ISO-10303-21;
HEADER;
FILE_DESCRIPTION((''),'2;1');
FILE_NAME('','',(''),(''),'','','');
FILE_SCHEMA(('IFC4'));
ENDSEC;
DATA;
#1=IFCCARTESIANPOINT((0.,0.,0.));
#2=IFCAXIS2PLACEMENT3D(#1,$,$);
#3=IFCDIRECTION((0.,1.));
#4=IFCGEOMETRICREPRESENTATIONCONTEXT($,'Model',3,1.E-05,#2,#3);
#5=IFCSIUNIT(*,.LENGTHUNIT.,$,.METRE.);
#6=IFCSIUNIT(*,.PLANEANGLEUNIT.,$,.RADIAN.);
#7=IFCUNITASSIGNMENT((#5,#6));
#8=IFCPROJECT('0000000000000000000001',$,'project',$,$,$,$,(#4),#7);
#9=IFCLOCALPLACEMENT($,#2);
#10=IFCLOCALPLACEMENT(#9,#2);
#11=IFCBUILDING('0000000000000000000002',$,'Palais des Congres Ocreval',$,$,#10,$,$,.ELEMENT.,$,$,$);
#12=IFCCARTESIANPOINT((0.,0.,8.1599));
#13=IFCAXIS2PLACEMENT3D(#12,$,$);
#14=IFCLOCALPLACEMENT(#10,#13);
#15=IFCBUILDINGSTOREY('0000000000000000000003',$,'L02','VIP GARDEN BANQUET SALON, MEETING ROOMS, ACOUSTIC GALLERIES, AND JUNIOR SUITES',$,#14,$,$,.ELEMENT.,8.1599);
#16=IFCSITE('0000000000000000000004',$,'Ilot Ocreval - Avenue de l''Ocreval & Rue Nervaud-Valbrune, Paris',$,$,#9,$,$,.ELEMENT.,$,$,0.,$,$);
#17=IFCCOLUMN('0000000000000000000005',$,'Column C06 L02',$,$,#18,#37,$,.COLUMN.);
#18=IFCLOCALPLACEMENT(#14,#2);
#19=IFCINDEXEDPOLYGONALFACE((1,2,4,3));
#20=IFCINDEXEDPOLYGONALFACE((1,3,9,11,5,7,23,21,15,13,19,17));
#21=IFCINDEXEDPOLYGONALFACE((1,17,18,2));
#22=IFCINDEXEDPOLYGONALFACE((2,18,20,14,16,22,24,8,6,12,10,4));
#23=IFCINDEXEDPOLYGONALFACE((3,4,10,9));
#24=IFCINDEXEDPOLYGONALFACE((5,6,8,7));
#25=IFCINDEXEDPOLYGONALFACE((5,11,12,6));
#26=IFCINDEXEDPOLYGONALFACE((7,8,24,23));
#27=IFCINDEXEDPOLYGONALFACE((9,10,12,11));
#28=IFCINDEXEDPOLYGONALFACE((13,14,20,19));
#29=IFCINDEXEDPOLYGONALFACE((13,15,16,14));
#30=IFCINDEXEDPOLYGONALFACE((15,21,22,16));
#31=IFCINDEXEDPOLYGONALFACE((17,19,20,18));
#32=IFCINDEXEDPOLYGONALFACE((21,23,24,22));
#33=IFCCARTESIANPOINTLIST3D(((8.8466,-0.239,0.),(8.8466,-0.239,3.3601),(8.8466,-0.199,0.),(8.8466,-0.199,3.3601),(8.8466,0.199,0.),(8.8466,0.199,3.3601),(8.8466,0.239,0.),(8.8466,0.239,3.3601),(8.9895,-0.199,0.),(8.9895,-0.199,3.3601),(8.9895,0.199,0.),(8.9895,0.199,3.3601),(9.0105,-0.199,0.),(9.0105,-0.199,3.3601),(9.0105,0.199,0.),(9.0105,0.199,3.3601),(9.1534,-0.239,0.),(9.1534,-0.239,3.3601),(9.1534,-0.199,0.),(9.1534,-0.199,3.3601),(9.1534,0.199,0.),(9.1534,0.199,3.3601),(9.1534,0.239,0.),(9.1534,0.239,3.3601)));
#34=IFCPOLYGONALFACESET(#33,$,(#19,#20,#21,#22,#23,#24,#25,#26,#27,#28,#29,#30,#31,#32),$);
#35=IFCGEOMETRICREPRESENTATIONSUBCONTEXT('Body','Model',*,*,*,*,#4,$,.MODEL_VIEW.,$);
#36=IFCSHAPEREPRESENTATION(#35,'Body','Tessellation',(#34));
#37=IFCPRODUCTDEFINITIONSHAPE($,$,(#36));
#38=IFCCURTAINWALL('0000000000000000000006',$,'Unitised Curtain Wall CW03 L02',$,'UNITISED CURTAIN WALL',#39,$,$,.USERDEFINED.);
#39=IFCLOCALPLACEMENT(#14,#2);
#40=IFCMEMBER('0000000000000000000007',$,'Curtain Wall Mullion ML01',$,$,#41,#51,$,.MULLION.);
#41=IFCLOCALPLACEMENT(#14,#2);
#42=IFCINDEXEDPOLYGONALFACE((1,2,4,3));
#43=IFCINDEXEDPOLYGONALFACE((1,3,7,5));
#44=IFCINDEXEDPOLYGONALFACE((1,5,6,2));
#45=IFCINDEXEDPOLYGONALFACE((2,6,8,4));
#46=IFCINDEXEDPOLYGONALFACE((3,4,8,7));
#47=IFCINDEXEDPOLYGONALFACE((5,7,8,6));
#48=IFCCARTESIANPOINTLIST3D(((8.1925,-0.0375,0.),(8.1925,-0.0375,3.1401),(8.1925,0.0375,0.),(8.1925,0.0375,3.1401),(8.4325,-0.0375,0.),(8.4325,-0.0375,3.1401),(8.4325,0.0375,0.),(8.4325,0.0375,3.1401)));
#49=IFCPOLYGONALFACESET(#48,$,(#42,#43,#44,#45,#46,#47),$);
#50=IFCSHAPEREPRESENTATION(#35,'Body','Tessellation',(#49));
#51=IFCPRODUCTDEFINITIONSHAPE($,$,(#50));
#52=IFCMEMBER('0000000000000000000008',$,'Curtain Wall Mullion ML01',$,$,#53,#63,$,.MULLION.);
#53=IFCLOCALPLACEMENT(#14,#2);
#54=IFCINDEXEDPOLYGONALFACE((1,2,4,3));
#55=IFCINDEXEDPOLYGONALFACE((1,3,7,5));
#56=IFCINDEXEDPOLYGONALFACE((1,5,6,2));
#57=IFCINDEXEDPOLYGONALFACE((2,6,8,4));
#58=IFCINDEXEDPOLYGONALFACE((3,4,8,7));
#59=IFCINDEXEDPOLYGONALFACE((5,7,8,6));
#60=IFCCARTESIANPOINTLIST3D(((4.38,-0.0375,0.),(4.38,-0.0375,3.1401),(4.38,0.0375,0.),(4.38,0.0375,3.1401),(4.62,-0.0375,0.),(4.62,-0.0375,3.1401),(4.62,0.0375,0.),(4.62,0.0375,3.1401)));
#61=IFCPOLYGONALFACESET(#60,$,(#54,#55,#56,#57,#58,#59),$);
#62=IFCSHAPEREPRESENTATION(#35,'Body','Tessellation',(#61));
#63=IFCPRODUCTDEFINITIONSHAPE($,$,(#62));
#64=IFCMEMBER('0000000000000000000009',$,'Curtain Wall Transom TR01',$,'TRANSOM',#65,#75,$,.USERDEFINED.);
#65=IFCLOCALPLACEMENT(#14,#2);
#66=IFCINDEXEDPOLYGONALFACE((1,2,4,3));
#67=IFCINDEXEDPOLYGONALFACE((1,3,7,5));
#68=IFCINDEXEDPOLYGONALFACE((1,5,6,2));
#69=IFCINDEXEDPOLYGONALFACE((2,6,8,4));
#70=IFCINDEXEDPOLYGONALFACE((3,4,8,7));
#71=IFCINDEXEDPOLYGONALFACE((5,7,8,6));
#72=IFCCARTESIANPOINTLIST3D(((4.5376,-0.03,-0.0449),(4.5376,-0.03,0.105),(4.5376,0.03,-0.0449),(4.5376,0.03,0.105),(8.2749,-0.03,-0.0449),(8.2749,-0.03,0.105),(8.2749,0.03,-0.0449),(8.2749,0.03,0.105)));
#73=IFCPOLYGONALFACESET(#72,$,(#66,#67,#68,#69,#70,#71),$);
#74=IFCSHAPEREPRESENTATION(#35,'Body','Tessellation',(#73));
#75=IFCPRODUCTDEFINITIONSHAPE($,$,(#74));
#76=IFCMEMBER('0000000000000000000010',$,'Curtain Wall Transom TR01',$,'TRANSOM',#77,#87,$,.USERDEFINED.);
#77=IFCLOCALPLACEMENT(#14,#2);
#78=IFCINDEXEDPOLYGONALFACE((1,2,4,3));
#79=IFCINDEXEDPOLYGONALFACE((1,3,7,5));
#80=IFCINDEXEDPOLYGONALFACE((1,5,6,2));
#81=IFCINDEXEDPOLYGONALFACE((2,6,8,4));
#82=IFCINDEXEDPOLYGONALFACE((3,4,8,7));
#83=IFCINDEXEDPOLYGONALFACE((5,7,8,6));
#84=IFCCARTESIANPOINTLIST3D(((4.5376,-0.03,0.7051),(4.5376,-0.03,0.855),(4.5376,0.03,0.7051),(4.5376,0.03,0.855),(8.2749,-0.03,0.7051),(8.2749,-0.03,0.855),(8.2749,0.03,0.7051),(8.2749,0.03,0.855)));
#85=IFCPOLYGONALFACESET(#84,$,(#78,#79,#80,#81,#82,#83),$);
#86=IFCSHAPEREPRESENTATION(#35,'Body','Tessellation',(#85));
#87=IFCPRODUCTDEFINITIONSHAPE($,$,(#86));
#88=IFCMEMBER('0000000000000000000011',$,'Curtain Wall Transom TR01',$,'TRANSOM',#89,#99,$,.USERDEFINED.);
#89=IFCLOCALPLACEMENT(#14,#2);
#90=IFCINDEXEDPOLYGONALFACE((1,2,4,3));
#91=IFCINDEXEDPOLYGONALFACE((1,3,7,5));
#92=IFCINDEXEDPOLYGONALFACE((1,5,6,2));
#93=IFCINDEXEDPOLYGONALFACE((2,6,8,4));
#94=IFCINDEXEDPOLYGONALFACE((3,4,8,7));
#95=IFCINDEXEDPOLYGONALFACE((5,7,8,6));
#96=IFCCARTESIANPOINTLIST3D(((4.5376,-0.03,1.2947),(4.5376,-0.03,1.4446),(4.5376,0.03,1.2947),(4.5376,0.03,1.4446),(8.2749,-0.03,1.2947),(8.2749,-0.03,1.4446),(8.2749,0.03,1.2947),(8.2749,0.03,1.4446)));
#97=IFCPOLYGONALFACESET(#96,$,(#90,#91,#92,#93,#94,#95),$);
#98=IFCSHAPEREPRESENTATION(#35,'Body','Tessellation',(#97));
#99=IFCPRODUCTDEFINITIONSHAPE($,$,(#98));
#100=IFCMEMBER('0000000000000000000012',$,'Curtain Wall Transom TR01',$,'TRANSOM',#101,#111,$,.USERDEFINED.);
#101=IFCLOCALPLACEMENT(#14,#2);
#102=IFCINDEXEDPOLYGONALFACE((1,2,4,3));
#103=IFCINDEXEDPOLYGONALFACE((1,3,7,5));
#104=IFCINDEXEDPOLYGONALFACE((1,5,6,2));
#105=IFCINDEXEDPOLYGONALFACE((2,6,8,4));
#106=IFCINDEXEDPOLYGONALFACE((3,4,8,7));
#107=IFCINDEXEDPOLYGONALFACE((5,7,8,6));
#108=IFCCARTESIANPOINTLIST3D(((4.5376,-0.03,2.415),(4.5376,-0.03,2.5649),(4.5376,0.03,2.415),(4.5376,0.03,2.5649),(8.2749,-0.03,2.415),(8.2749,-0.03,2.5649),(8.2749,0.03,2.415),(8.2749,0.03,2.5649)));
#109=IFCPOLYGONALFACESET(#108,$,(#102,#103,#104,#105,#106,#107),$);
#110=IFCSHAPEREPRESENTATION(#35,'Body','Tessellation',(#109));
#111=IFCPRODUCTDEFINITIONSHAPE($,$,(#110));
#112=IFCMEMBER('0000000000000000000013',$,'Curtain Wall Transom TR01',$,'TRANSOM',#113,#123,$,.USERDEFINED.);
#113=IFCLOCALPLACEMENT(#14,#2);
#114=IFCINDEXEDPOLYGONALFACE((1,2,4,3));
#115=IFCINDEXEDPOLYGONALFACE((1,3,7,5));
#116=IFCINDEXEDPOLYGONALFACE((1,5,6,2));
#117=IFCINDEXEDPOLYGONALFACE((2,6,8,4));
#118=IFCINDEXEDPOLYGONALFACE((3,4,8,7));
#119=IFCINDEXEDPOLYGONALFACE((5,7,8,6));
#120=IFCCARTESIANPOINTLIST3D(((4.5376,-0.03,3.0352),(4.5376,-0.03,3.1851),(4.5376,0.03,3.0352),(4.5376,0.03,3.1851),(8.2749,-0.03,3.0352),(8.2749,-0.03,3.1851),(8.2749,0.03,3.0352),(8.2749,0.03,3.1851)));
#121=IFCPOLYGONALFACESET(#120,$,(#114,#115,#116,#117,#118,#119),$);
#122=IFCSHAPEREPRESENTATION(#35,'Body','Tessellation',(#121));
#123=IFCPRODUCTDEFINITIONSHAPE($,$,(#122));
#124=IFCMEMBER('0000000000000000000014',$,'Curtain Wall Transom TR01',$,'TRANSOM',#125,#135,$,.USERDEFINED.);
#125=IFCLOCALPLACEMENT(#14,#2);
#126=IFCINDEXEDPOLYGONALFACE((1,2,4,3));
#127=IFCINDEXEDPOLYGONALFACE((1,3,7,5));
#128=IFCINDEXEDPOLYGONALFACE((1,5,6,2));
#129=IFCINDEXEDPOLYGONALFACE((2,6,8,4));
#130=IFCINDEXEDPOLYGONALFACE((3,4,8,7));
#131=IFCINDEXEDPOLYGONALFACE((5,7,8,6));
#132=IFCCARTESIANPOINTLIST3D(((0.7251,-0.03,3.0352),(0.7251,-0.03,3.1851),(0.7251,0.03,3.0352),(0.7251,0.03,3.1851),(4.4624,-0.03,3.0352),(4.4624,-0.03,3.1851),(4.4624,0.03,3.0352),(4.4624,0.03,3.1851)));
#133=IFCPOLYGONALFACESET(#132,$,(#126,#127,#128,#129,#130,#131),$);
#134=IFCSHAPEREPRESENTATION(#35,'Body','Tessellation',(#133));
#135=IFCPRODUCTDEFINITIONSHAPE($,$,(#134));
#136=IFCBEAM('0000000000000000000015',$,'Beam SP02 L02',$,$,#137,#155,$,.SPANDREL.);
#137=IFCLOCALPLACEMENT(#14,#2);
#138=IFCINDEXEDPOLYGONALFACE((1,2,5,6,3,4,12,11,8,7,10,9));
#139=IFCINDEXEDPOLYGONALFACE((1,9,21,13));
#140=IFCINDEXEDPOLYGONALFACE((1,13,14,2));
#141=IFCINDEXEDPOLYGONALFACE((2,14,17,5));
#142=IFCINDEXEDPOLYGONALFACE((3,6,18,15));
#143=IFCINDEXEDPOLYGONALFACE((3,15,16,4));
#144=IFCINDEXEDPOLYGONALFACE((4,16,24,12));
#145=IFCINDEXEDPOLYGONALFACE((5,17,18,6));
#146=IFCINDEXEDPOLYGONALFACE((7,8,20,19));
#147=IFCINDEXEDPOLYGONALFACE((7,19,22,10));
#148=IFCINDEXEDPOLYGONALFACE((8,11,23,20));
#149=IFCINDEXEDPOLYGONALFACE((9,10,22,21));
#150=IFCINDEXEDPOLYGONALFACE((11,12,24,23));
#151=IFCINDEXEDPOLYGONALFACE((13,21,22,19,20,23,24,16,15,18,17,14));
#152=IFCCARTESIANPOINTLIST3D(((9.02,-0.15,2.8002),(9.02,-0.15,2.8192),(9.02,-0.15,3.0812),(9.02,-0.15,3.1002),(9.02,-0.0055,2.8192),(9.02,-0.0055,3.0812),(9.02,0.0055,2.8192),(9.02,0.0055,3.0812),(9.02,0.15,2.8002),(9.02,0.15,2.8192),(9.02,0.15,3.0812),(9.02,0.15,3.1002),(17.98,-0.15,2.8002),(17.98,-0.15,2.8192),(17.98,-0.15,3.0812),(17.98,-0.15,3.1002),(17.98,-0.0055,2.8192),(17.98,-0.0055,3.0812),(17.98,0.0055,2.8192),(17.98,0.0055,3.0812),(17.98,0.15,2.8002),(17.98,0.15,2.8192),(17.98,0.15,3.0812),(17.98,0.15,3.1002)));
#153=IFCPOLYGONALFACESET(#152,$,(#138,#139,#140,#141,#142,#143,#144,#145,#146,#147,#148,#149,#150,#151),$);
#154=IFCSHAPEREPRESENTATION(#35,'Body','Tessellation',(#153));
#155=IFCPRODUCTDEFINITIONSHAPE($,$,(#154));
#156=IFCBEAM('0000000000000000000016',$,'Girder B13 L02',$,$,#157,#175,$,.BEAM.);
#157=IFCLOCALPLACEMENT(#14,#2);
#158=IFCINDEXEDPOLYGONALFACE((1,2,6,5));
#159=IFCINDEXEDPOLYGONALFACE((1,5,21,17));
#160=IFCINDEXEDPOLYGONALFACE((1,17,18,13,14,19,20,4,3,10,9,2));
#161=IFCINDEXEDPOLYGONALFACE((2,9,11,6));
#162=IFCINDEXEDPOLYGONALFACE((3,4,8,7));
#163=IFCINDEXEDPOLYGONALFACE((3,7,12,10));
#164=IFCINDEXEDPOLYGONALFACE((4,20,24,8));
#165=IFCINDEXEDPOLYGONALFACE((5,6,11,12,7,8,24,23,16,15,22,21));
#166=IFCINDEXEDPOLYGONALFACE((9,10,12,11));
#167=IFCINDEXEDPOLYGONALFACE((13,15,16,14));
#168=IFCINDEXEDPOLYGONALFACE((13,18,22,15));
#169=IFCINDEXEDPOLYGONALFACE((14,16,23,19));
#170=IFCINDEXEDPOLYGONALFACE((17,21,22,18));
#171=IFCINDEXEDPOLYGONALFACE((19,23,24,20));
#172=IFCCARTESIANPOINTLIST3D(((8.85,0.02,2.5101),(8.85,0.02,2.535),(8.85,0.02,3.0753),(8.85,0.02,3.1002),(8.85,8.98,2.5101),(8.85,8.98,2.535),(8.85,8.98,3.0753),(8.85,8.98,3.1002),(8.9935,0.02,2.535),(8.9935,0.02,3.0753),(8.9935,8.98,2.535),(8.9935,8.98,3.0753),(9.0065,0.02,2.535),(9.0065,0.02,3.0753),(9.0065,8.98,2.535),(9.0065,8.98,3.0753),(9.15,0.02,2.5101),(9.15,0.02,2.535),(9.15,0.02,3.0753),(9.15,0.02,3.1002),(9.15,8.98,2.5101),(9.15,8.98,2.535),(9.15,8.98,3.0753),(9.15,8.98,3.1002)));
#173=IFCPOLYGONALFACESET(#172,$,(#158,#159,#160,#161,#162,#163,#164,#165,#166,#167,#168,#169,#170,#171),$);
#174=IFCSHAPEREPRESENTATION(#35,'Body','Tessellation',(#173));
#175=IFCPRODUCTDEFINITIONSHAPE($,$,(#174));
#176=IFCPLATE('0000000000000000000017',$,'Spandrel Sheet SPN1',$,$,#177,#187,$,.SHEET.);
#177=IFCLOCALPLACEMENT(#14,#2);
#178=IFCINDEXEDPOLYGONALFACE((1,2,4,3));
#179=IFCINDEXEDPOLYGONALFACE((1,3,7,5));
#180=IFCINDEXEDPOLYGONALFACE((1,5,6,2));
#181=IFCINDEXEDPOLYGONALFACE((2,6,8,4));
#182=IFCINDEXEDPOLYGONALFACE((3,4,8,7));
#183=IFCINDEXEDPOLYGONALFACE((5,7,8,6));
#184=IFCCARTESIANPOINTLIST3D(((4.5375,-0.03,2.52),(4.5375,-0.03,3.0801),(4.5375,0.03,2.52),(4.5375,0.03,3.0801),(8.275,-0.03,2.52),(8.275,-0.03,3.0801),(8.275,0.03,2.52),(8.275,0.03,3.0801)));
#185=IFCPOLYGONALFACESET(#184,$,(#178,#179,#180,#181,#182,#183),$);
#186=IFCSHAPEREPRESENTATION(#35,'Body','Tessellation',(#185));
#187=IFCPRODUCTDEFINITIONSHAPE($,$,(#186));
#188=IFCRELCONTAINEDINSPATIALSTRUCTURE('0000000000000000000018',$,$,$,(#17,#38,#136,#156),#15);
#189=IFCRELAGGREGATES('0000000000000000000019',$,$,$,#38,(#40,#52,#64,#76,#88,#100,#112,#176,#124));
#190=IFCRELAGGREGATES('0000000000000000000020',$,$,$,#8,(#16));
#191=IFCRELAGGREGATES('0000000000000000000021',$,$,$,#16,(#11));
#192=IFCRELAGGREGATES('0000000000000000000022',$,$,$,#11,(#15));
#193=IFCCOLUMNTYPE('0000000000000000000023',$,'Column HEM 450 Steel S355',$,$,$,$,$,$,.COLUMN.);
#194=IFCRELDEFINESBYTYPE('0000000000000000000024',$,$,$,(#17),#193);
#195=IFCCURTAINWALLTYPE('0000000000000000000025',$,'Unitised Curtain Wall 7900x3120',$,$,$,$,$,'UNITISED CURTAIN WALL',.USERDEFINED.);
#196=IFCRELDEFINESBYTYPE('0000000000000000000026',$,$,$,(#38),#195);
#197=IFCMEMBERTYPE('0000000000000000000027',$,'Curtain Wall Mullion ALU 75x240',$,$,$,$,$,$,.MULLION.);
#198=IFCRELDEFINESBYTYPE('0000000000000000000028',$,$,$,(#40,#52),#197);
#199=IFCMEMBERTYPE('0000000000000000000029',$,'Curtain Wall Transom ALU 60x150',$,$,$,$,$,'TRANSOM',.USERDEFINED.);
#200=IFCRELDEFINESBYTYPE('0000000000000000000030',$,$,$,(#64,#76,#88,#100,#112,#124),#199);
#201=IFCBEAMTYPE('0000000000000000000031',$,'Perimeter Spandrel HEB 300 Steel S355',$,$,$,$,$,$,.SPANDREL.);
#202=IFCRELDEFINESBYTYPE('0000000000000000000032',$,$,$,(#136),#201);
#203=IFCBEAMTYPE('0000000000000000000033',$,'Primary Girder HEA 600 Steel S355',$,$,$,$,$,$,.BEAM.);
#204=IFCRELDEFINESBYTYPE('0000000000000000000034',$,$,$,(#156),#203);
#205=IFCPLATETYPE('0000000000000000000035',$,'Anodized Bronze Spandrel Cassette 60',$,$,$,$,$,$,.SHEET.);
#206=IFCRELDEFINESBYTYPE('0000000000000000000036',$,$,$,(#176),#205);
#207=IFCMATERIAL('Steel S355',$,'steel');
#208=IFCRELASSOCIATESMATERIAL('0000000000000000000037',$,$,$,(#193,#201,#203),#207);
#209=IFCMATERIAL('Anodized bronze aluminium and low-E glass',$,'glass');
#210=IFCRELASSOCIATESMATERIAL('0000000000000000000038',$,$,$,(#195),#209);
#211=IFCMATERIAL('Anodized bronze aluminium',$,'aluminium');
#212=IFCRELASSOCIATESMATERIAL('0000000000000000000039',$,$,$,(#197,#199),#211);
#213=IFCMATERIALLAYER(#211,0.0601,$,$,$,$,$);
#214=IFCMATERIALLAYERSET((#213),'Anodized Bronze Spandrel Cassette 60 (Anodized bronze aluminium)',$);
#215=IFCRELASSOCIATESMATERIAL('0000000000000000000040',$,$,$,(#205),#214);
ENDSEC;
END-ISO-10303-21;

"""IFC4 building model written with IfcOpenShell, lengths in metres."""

from ifc_helpers import new_model, si_unit, direction, frame, origin, origin_2d, place, context, subcontext, project, spatial, rectangle, i_section, extrude, material, layer, layer_set, material_profile, profile_set, type_object, element, aggregate, save


model = new_model("IFC4")

# Units and contexts
model_context = context("Model", 3, precision=1e-05, world=origin(), true_north=direction((0.0, 1.0)))
body_context = subcontext(model_context, "Body", "Model", "MODEL_VIEW")
ifc_project = project(units=[si_unit("LENGTHUNIT", "METRE"), si_unit("PLANEANGLEUNIT", "RADIAN")], contexts=[model_context])

# Site, building, storey
site_placement = place(None, origin())
site = spatial("IfcSite", under=ifc_project, at=site_placement, Name="Ilot Ocreval - Avenue de l'Ocreval & Rue Nervaud-Valbrune, Paris", CompositionType="ELEMENT", RefElevation=0.0)
building_placement = place(site_placement, origin())
building = spatial("IfcBuilding", under=site, at=building_placement, Name="Palais des Congres Ocreval", CompositionType="ELEMENT")
storey_placement = place(building_placement, frame((0.0, 0.0, 8.1599)))
storey = spatial("IfcBuildingStorey", under=building, at=storey_placement, Name="L02", Description="VIP GARDEN BANQUET SALON, MEETING ROOMS, ACOUSTIC GALLERIES, AND JUNIOR SUITES", CompositionType="ELEMENT", Elevation=8.1599)

# Column
ifc_material_1 = material(Name="Steel S355", Category="steel")
ifc_material_profile_1 = material_profile(ifc_material_1, i_section(OverallWidth=0.3069, OverallDepth=0.478, WebThickness=0.021, FlangeThickness=0.04, at=origin_2d()), Name="HEM 450")
ifc_profile_set_1 = profile_set([ifc_material_profile_1], Name="Steel S355")
column_type = type_object("IfcColumnType", Name="Column HEM 450 Steel S355", PredefinedType="COLUMN", material=ifc_profile_set_1)
column_placement = place(storey_placement, frame((9.0, 0.0, 0.0), z_axis=(0.0, 0.0, 1.0), x_axis=(1.0, 0.0, 0.0)))
element("IfcColumn", 1, at=column_placement, inside=storey, type_object=column_type, Name="Column C06 L02", PredefinedType="COLUMN", context=body_context, shape_type="SweptSolid", body=[
    extrude(i_section(OverallWidth=0.3069, OverallDepth=0.478, WebThickness=0.021, FlangeThickness=0.04, at=origin_2d()), origin(), (0.0, 0.0, 1.0), 3.3601),
])

# Curtain wall, members
ifc_material_2 = material(Name="Anodized bronze aluminium and low-E glass", Category="glass")
curtain_wall_type = type_object("IfcCurtainWallType", Name="Unitised Curtain Wall 7900x3120", ElementType="UNITISED CURTAIN WALL", PredefinedType="USERDEFINED", material=ifc_material_2)
curtain_wall_placement = place(storey_placement, origin())
curtain_wall = element("IfcCurtainWall", 2, at=curtain_wall_placement, inside=storey, type_object=curtain_wall_type, Name="Unitised Curtain Wall CW03 L02", ObjectType="UNITISED CURTAIN WALL", PredefinedType="USERDEFINED")
ifc_material_3 = material(Name="Anodized bronze aluminium", Category="aluminium")
ifc_material_profile_2 = material_profile(ifc_material_3, rectangle(XDim=0.075, YDim=0.24, at=origin_2d()), Name="ALU 75x240")
ifc_profile_set_2 = profile_set([ifc_material_profile_2], Name="Anodized bronze aluminium")
member_type_1 = type_object("IfcMemberType", Name="Curtain Wall Mullion ALU 75x240", PredefinedType="MULLION", material=ifc_profile_set_2)
member_1_placement = place(storey_placement, frame((8.3125, 0.0, 0.0), z_axis=(0.0, 0.0, 1.0), x_axis=(0.0, -1.0, 0.0)))
member_1 = element("IfcMember", 3, at=member_1_placement, type_object=member_type_1, Name="Curtain Wall Mullion ML01", PredefinedType="MULLION", context=body_context, shape_type="SweptSolid", body=[
    extrude(rectangle(XDim=0.075, YDim=0.24, at=origin_2d()), origin(), (0.0, 0.0, 1.0), 3.1401),
])
member_2_placement = place(storey_placement, frame((4.5, 0.0, 0.0), z_axis=(0.0, 0.0, 1.0), x_axis=(0.0, -1.0, 0.0)))
member_2 = element("IfcMember", 4, at=member_2_placement, type_object=member_type_1, Name="Curtain Wall Mullion ML01", PredefinedType="MULLION", context=body_context, shape_type="SweptSolid", body=[
    extrude(rectangle(XDim=0.075, YDim=0.24, at=origin_2d()), origin(), (0.0, 0.0, 1.0), 3.1401),
])
ifc_material_profile_3 = material_profile(ifc_material_3, rectangle(XDim=0.0601, YDim=0.1499, at=origin_2d()), Name="ALU 60x150")
ifc_profile_set_3 = profile_set([ifc_material_profile_3], Name="Anodized bronze aluminium")
member_type_2 = type_object("IfcMemberType", Name="Curtain Wall Transom ALU 60x150", ElementType="TRANSOM", PredefinedType="USERDEFINED", material=ifc_profile_set_3)
member_3_placement = place(storey_placement, frame((8.2749, 0.0, 0.03), z_axis=(-1.0, 0.0, 0.0), x_axis=(0.0, -1.0, 0.0)))
member_3 = element("IfcMember", 5, at=member_3_placement, type_object=member_type_2, Name="Curtain Wall Transom TR01", ObjectType="TRANSOM", PredefinedType="USERDEFINED", context=body_context, shape_type="SweptSolid", body=[
    extrude(rectangle(XDim=0.0601, YDim=0.1499, at=origin_2d()), origin(), (0.0, 0.0, 1.0), 3.7373),
])
member_4_placement = place(storey_placement, frame((8.2749, 0.0, 0.78), z_axis=(-1.0, 0.0, 0.0), x_axis=(0.0, -1.0, 0.0)))
member_4 = element("IfcMember", 6, at=member_4_placement, type_object=member_type_2, Name="Curtain Wall Transom TR01", ObjectType="TRANSOM", PredefinedType="USERDEFINED", context=body_context, shape_type="SweptSolid", body=[
    extrude(rectangle(XDim=0.0601, YDim=0.1499, at=origin_2d()), origin(), (0.0, 0.0, 1.0), 3.7373),
])
member_5_placement = place(storey_placement, frame((8.2749, 0.0, 1.3696), z_axis=(-1.0, 0.0, 0.0), x_axis=(0.0, -1.0, 0.0)))
member_5 = element("IfcMember", 7, at=member_5_placement, type_object=member_type_2, Name="Curtain Wall Transom TR01", ObjectType="TRANSOM", PredefinedType="USERDEFINED", context=body_context, shape_type="SweptSolid", body=[
    extrude(rectangle(XDim=0.0601, YDim=0.1499, at=origin_2d()), origin(), (0.0, 0.0, 1.0), 3.7373),
])
member_6_placement = place(storey_placement, frame((8.2749, 0.0, 2.49), z_axis=(-1.0, 0.0, 0.0), x_axis=(0.0, -1.0, 0.0)))
member_6 = element("IfcMember", 8, at=member_6_placement, type_object=member_type_2, Name="Curtain Wall Transom TR01", ObjectType="TRANSOM", PredefinedType="USERDEFINED", context=body_context, shape_type="SweptSolid", body=[
    extrude(rectangle(XDim=0.0601, YDim=0.1499, at=origin_2d()), origin(), (0.0, 0.0, 1.0), 3.7373),
])
member_7_placement = place(storey_placement, frame((8.2749, 0.0, 3.1101), z_axis=(-1.0, 0.0, 0.0), x_axis=(0.0, -1.0, 0.0)))
member_7 = element("IfcMember", 9, at=member_7_placement, type_object=member_type_2, Name="Curtain Wall Transom TR01", ObjectType="TRANSOM", PredefinedType="USERDEFINED", context=body_context, shape_type="SweptSolid", body=[
    extrude(rectangle(XDim=0.0601, YDim=0.1499, at=origin_2d()), origin(), (0.0, 0.0, 1.0), 3.7373),
])
member_8_placement = place(storey_placement, frame((4.4624, 0.0, 3.1101), z_axis=(-1.0, 0.0, 0.0), x_axis=(0.0, -1.0, 0.0)))
member_8 = element("IfcMember", 10, at=member_8_placement, type_object=member_type_2, Name="Curtain Wall Transom TR01", ObjectType="TRANSOM", PredefinedType="USERDEFINED", context=body_context, shape_type="SweptSolid", body=[
    extrude(rectangle(XDim=0.0601, YDim=0.1499, at=origin_2d()), origin(), (0.0, 0.0, 1.0), 3.7373),
])

# Beams
ifc_material_profile_4 = material_profile(ifc_material_1, i_section(OverallWidth=0.3, OverallDepth=0.3, WebThickness=0.011, FlangeThickness=0.019, at=origin_2d()), Name="HEB 300")
ifc_profile_set_4 = profile_set([ifc_material_profile_4], Name="Steel S355")
beam_type_1 = type_object("IfcBeamType", Name="Perimeter Spandrel HEB 300 Steel S355", PredefinedType="SPANDREL", material=ifc_profile_set_4)
beam_1_placement = place(storey_placement, frame((9.02, 0.0, 2.9502), z_axis=(1.0, 0.0, 0.0), x_axis=(0.0, 1.0, 0.0)))
element("IfcBeam", 11, at=beam_1_placement, inside=storey, type_object=beam_type_1, Name="Beam SP02 L02", PredefinedType="SPANDREL", context=body_context, shape_type="SweptSolid", body=[
    extrude(i_section(OverallWidth=0.3, OverallDepth=0.3, WebThickness=0.011, FlangeThickness=0.019, at=origin_2d()), origin(), (0.0, 0.0, 1.0), 8.96),
])
ifc_material_profile_5 = material_profile(ifc_material_1, i_section(OverallWidth=0.3, OverallDepth=0.5901, WebThickness=0.0129, FlangeThickness=0.0249, at=origin_2d()), Name="HEA 600")
ifc_profile_set_5 = profile_set([ifc_material_profile_5], Name="Steel S355")
beam_type_2 = type_object("IfcBeamType", Name="Primary Girder HEA 600 Steel S355", PredefinedType="BEAM", material=ifc_profile_set_5)
beam_2_placement = place(storey_placement, frame((9.0, 0.02, 2.8052), z_axis=(0.0, 1.0, 0.0), x_axis=(-1.0, 0.0, 0.0)))
element("IfcBeam", 12, at=beam_2_placement, inside=storey, type_object=beam_type_2, Name="Girder B13 L02", PredefinedType="BEAM", context=body_context, shape_type="SweptSolid", body=[
    extrude(i_section(OverallWidth=0.3, OverallDepth=0.5901, WebThickness=0.0129, FlangeThickness=0.0249, at=origin_2d()), origin(), (0.0, 0.0, 1.0), 8.96),
])

# Plate
ifc_layer_1 = layer(ifc_material_3, 0.0601)
ifc_layer_set_1 = layer_set([ifc_layer_1], Name="Anodized Bronze Spandrel Cassette 60 (Anodized bronze aluminium)")
plate_type_1 = type_object("IfcPlateType", Name="Anodized Bronze Spandrel Cassette 60", PredefinedType="SHEET", material=ifc_layer_set_1)
plate_1_placement = place(storey_placement, frame((6.4062, 0.0, 2.52), z_axis=(0.0, 0.0, 1.0), x_axis=(-1.0, 0.0, 0.0)))
plate_1 = element("IfcPlate", 13, at=plate_1_placement, type_object=plate_type_1, Name="Spandrel Sheet SPN1", PredefinedType="SHEET", context=body_context, shape_type="SweptSolid", body=[
    extrude(rectangle(XDim=3.7375, YDim=0.0601, at=origin_2d()), origin(), (0.0, 0.0, 1.0), 0.5601),
])
aggregate(curtain_wall, [member_1, member_2, member_3, member_4, member_5, member_6, member_7, plate_1, member_8])

save(model, "model.ifc")
